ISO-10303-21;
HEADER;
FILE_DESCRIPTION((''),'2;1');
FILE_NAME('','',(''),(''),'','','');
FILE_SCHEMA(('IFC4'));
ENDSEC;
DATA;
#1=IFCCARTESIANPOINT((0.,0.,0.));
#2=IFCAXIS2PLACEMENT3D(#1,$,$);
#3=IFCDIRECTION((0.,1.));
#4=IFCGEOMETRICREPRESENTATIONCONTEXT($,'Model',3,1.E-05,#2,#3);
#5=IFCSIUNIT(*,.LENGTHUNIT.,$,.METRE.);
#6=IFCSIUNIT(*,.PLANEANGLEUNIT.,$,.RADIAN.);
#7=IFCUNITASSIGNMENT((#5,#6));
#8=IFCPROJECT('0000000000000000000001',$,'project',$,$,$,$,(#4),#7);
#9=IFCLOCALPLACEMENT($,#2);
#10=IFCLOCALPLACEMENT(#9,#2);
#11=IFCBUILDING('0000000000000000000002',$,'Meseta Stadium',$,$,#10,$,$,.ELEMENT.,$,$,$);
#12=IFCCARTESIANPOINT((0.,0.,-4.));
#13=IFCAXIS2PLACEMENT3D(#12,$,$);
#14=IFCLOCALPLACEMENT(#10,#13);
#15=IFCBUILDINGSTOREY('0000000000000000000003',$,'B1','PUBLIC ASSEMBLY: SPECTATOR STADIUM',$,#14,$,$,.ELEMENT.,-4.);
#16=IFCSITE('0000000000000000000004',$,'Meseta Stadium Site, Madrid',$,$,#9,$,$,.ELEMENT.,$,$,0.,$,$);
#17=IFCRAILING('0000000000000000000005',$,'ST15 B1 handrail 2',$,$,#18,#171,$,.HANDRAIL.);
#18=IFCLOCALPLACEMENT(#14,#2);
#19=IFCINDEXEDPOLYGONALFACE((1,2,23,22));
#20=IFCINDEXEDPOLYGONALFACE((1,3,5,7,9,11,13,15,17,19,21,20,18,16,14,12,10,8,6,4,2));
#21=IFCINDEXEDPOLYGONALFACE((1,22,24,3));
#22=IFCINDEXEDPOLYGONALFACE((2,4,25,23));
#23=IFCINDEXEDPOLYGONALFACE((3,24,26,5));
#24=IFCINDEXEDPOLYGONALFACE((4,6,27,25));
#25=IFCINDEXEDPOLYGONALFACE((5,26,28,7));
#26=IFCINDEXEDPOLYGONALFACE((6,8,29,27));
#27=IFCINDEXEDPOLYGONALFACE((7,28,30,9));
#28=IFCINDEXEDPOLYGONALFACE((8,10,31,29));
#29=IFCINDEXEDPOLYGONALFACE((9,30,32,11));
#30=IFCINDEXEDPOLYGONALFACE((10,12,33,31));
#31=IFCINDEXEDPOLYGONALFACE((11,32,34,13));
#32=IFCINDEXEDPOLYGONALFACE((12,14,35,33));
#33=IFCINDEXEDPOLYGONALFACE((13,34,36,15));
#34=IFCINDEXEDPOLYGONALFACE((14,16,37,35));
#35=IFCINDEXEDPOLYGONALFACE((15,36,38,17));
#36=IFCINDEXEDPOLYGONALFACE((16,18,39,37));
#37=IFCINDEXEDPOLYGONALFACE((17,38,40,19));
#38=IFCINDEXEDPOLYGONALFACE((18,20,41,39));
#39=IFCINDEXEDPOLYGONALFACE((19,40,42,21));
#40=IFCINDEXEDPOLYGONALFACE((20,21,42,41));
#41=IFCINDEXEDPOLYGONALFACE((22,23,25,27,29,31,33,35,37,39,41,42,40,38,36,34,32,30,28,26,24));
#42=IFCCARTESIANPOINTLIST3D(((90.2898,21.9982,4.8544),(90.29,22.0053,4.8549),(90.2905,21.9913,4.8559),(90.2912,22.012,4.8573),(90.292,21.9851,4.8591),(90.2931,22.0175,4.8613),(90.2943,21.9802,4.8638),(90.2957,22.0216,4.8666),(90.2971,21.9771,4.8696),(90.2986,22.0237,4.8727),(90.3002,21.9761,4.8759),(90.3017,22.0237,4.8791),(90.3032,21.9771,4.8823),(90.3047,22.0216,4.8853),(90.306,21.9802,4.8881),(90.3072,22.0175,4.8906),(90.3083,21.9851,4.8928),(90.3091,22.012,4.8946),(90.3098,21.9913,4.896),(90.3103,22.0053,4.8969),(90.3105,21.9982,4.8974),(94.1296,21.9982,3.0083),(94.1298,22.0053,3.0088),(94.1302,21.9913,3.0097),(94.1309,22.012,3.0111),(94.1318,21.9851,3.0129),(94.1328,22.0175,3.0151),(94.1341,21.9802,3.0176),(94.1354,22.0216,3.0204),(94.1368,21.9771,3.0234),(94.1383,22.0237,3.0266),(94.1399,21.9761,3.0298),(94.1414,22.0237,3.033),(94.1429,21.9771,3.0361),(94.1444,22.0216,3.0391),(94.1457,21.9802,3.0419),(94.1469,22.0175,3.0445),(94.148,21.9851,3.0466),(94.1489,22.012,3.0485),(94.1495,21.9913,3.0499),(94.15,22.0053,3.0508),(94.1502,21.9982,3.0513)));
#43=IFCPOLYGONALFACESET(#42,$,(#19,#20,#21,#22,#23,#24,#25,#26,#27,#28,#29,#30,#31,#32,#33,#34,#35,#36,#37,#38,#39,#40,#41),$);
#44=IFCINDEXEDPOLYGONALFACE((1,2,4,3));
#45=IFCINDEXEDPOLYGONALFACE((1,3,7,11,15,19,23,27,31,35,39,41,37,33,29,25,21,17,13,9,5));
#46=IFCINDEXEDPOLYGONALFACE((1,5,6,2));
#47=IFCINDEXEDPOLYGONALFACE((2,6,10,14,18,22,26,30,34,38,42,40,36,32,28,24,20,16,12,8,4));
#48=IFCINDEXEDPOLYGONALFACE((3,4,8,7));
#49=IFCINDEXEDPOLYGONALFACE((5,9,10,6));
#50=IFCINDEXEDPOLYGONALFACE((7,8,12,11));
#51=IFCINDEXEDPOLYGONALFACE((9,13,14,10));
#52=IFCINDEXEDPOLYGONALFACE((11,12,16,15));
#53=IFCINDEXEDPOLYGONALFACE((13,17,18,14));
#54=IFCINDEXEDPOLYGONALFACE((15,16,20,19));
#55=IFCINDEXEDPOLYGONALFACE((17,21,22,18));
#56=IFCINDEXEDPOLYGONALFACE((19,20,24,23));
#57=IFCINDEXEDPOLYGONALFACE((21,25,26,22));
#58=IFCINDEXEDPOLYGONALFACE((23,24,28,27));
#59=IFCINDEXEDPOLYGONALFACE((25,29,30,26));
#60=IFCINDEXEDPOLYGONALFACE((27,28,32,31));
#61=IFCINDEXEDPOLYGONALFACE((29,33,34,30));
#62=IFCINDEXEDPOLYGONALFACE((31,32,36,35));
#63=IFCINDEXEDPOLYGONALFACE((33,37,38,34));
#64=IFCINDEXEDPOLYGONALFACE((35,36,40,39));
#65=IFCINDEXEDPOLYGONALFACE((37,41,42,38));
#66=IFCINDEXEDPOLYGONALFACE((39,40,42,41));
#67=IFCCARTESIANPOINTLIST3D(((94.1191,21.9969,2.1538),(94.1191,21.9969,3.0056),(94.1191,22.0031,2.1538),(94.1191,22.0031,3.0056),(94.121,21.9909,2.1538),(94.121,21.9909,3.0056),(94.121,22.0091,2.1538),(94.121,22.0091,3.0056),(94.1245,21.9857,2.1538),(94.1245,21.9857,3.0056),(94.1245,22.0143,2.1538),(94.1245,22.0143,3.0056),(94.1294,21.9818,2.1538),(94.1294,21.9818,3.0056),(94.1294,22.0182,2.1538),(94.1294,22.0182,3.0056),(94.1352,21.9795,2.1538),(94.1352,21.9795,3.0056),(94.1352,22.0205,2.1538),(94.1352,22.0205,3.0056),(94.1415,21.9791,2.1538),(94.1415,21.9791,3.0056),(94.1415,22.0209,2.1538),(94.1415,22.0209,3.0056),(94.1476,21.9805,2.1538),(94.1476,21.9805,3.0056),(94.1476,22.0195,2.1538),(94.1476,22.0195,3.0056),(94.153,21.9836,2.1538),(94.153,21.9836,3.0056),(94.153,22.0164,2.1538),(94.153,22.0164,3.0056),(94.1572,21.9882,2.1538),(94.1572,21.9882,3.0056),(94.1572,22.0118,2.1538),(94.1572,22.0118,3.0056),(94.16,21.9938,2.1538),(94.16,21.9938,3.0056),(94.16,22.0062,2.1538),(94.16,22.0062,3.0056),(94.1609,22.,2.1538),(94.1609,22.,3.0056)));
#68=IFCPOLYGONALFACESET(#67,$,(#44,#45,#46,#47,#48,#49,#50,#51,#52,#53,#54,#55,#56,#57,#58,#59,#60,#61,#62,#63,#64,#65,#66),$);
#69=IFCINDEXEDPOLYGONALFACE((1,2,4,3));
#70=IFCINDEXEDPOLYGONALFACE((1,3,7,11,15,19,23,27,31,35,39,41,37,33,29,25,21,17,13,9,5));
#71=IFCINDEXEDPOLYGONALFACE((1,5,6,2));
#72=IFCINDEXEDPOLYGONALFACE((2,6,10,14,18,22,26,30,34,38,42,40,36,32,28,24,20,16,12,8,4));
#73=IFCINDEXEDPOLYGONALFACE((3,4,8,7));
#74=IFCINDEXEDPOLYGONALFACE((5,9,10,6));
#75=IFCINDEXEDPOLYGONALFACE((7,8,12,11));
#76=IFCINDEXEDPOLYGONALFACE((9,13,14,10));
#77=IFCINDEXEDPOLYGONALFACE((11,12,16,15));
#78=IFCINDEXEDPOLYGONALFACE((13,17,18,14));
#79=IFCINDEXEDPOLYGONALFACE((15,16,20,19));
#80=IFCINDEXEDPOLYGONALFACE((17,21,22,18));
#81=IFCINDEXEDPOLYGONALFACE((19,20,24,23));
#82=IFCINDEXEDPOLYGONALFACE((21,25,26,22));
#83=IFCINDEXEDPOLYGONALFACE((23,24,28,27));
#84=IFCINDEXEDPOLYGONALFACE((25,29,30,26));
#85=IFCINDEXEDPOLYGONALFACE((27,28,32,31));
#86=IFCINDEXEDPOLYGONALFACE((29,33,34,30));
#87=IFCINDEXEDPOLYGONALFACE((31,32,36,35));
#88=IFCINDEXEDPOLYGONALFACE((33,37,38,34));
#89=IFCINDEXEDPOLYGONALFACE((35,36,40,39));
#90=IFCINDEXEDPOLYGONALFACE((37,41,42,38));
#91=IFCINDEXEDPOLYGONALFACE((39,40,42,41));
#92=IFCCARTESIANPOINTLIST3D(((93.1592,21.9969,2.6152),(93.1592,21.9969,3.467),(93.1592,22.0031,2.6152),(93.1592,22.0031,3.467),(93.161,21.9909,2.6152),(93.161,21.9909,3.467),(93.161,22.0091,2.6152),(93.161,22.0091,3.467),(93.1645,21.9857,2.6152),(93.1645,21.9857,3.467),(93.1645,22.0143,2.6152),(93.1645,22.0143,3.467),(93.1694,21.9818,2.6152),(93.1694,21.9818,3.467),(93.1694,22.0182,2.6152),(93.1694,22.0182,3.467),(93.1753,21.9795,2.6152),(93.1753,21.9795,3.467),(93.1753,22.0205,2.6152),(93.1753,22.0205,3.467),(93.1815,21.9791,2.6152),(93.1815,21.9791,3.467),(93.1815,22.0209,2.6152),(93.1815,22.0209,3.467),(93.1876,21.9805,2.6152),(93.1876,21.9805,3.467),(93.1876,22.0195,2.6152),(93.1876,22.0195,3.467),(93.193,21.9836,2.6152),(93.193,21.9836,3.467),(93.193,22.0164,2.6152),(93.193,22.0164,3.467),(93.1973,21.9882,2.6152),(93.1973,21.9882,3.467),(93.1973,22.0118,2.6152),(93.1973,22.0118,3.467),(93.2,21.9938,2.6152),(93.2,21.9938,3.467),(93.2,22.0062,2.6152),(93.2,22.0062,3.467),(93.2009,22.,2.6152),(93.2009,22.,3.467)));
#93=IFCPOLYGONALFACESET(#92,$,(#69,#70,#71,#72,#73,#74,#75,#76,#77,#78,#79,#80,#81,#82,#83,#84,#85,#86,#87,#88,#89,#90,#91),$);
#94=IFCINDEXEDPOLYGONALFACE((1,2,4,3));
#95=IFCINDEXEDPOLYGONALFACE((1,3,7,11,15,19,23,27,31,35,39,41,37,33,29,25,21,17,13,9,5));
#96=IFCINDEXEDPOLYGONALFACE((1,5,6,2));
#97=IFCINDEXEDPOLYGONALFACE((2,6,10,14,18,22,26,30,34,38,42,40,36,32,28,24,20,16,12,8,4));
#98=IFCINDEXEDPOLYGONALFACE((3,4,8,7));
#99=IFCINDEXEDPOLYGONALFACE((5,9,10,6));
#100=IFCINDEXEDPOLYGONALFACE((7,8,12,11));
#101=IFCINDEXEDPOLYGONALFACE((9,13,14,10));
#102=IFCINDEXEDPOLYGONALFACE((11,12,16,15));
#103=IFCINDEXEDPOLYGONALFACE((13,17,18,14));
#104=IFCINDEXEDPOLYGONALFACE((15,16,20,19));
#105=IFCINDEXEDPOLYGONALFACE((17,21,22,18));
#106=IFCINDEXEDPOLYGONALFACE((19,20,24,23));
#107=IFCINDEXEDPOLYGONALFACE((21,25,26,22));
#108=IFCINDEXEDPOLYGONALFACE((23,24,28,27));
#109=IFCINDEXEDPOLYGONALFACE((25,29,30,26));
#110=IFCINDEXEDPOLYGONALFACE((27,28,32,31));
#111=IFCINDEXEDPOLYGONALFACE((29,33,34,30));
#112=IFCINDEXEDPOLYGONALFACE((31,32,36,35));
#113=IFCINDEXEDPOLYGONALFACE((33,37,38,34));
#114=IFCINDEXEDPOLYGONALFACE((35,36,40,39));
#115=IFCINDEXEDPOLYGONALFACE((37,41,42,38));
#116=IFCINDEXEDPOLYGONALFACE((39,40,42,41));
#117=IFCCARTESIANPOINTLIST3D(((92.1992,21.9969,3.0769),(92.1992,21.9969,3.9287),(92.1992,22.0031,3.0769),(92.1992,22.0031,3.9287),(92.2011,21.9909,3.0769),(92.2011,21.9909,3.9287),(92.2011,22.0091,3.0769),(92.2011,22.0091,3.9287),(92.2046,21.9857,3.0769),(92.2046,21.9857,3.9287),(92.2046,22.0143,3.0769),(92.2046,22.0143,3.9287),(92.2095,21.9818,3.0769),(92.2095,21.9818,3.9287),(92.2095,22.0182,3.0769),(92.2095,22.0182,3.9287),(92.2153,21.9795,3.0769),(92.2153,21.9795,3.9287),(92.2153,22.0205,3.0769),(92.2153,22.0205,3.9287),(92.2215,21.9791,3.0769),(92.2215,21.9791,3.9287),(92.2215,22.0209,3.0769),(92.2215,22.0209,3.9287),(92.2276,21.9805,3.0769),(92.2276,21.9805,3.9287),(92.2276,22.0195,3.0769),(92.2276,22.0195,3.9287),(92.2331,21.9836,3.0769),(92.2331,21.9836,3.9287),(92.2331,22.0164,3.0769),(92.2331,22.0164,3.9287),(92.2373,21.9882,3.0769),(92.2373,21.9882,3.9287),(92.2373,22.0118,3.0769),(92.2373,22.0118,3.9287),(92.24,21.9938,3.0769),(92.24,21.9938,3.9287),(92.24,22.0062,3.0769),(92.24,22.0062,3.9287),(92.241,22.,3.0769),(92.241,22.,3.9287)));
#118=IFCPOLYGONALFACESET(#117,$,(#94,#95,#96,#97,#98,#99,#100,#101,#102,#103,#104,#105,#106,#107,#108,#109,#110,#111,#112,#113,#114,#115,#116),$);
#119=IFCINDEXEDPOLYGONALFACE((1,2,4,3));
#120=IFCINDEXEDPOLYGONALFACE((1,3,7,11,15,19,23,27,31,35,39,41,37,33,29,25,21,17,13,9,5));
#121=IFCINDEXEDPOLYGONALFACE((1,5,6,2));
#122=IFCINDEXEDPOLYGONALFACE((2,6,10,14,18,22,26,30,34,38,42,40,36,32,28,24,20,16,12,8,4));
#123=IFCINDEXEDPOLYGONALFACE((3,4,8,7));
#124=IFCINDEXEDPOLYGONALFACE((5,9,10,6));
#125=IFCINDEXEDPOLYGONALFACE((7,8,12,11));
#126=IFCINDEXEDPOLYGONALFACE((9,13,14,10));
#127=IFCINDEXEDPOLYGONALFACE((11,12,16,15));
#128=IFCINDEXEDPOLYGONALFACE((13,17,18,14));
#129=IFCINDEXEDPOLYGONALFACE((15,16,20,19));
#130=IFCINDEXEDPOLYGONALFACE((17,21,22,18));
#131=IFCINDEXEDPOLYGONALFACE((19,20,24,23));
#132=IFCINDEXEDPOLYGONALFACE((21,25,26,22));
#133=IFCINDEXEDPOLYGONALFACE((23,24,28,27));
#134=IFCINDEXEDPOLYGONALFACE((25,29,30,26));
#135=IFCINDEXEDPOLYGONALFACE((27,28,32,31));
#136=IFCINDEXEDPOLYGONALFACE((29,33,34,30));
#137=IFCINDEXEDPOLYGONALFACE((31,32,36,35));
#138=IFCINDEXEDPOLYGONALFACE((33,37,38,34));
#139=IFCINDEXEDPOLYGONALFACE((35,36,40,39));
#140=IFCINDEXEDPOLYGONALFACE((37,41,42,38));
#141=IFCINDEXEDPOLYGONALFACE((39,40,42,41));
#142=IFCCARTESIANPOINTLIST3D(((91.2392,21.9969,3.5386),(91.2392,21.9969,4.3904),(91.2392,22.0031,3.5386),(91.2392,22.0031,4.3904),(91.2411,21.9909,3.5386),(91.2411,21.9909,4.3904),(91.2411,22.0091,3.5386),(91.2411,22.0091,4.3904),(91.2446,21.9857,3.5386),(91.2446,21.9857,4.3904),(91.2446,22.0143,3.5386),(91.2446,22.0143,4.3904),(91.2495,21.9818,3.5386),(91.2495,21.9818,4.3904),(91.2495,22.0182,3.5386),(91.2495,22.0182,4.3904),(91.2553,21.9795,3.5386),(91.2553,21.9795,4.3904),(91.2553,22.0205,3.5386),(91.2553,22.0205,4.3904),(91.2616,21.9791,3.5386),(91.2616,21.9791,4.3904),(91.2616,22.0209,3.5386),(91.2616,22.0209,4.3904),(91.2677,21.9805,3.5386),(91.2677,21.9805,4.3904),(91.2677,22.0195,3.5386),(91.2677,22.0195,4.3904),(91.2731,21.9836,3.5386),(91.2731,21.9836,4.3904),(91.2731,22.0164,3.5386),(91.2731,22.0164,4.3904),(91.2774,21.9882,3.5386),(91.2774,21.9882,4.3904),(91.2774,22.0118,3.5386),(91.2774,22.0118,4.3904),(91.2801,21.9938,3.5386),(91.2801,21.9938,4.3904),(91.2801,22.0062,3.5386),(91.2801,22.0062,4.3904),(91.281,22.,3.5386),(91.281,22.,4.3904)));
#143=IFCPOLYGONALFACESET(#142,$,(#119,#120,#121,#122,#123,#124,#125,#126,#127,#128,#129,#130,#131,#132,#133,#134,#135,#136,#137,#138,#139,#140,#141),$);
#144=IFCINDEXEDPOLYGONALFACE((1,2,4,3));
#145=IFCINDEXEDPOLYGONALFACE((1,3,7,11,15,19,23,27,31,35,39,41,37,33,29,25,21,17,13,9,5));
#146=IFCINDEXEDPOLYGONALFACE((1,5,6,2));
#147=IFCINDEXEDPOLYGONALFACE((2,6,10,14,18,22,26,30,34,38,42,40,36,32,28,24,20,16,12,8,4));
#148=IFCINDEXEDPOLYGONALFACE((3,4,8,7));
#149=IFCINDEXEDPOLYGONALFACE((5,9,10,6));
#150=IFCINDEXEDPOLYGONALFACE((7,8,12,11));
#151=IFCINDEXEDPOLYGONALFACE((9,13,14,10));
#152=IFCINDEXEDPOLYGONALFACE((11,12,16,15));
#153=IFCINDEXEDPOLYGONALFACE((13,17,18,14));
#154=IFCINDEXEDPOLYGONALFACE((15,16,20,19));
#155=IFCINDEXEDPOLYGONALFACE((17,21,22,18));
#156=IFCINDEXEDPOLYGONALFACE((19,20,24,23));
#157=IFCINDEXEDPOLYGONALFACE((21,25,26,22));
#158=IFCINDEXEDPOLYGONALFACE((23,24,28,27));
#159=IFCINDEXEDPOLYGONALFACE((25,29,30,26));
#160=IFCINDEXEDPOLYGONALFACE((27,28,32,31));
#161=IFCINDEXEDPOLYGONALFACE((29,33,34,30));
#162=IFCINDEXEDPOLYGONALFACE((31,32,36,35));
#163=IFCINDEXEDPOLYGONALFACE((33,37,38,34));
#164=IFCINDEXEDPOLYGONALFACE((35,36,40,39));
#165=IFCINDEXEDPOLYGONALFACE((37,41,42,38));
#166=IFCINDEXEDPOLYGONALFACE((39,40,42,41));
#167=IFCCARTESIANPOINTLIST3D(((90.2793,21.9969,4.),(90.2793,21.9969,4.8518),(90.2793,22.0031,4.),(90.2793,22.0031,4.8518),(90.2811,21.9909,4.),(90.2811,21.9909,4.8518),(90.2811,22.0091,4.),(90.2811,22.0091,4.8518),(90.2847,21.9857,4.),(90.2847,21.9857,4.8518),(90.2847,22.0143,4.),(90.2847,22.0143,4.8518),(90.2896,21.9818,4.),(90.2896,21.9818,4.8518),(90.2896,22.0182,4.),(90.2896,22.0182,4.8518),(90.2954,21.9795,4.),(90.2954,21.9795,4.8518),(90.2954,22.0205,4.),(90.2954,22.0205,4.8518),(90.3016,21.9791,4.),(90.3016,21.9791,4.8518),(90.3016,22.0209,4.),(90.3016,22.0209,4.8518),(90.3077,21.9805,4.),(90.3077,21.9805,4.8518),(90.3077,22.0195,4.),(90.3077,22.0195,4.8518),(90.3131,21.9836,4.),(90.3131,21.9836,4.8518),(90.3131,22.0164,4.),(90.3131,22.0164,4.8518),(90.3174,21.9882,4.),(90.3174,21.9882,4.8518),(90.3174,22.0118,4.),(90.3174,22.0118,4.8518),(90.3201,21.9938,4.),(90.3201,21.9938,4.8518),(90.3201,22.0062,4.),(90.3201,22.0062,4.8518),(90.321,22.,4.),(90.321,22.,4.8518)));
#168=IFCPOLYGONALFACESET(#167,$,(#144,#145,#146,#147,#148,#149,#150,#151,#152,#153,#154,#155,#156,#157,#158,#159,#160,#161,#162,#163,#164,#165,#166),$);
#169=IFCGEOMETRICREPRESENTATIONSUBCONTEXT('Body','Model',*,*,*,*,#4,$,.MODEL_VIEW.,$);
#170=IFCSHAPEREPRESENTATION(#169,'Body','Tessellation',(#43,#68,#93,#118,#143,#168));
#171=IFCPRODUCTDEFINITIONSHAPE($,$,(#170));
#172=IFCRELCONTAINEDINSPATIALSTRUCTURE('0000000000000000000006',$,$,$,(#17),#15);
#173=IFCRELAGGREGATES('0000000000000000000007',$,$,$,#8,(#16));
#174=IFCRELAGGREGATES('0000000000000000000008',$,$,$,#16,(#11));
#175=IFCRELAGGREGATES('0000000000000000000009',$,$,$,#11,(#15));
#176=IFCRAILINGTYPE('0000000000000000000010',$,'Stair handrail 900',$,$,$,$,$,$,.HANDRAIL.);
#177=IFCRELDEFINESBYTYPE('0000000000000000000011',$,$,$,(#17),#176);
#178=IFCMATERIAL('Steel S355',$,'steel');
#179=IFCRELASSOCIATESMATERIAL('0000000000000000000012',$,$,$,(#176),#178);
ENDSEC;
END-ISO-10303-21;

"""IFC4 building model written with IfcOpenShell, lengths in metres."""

from ifc_helpers import new_model, si_unit, direction, frame, origin, origin_2d, place, context, subcontext, project, spatial, circle, extrude, material, type_object, element, save


model = new_model("IFC4")

# Units and contexts
model_context = context("Model", 3, precision=1e-05, world=origin(), true_north=direction((0.0, 1.0)))
body_context = subcontext(model_context, "Body", "Model", "MODEL_VIEW")
ifc_project = project(units=[si_unit("LENGTHUNIT", "METRE"), si_unit("PLANEANGLEUNIT", "RADIAN")], contexts=[model_context])

# Site, building, storey
site_placement = place(None, origin())
site = spatial("IfcSite", under=ifc_project, at=site_placement, Name="Meseta Stadium Site, Madrid", CompositionType="ELEMENT", RefElevation=0.0)
building_placement = place(site_placement, origin())
building = spatial("IfcBuilding", under=site, at=building_placement, Name="Meseta Stadium", CompositionType="ELEMENT")
storey_placement = place(building_placement, frame((0.0, 0.0, -4.0)))
storey = spatial("IfcBuildingStorey", under=building, at=storey_placement, Name="B1", Description="PUBLIC ASSEMBLY: SPECTATOR STADIUM", CompositionType="ELEMENT", Elevation=-4.0)

# Railing
ifc_material_1 = material(Name="Steel S355", Category="steel")
railing_type_1 = type_object("IfcRailingType", Name="Stair handrail 900", PredefinedType="HANDRAIL", material=ifc_material_1)
railing_1_placement = place(storey_placement, frame((94.1399, 22.0, 2.1538)))
element("IfcRailing", 1, at=railing_1_placement, inside=storey, type_object=railing_type_1, Name="ST15 B1 handrail 2", PredefinedType="HANDRAIL", context=body_context, shape_type="SweptSolid", body=[
    extrude(circle(Radius=0.0239, at=origin_2d()), frame((0.0, 0.0, 0.876), z_axis=(-0.901242, 0.0, 0.433316), x_axis=(0.0, -1.0, 0.0)), (0.0, 0.0, 1.0), 4.2605),
    extrude(circle(Radius=0.021, at=origin_2d()), origin(), (0.0, 0.0, 1.0), 0.8518),
    extrude(circle(Radius=0.021, at=origin_2d()), frame((-0.96, 0.0, 0.4614)), (0.0, 0.0, 1.0), 0.8518),
    extrude(circle(Radius=0.021, at=origin_2d()), frame((-1.9199, 0.0, 0.9231)), (0.0, 0.0, 1.0), 0.8518),
    extrude(circle(Radius=0.021, at=origin_2d()), frame((-2.8799, 0.0, 1.3848)), (0.0, 0.0, 1.0), 0.8518),
    extrude(circle(Radius=0.021, at=origin_2d()), frame((-3.8398, 0.0, 1.8462)), (0.0, 0.0, 1.0), 0.8518),
])

save(model, "model.ifc")
